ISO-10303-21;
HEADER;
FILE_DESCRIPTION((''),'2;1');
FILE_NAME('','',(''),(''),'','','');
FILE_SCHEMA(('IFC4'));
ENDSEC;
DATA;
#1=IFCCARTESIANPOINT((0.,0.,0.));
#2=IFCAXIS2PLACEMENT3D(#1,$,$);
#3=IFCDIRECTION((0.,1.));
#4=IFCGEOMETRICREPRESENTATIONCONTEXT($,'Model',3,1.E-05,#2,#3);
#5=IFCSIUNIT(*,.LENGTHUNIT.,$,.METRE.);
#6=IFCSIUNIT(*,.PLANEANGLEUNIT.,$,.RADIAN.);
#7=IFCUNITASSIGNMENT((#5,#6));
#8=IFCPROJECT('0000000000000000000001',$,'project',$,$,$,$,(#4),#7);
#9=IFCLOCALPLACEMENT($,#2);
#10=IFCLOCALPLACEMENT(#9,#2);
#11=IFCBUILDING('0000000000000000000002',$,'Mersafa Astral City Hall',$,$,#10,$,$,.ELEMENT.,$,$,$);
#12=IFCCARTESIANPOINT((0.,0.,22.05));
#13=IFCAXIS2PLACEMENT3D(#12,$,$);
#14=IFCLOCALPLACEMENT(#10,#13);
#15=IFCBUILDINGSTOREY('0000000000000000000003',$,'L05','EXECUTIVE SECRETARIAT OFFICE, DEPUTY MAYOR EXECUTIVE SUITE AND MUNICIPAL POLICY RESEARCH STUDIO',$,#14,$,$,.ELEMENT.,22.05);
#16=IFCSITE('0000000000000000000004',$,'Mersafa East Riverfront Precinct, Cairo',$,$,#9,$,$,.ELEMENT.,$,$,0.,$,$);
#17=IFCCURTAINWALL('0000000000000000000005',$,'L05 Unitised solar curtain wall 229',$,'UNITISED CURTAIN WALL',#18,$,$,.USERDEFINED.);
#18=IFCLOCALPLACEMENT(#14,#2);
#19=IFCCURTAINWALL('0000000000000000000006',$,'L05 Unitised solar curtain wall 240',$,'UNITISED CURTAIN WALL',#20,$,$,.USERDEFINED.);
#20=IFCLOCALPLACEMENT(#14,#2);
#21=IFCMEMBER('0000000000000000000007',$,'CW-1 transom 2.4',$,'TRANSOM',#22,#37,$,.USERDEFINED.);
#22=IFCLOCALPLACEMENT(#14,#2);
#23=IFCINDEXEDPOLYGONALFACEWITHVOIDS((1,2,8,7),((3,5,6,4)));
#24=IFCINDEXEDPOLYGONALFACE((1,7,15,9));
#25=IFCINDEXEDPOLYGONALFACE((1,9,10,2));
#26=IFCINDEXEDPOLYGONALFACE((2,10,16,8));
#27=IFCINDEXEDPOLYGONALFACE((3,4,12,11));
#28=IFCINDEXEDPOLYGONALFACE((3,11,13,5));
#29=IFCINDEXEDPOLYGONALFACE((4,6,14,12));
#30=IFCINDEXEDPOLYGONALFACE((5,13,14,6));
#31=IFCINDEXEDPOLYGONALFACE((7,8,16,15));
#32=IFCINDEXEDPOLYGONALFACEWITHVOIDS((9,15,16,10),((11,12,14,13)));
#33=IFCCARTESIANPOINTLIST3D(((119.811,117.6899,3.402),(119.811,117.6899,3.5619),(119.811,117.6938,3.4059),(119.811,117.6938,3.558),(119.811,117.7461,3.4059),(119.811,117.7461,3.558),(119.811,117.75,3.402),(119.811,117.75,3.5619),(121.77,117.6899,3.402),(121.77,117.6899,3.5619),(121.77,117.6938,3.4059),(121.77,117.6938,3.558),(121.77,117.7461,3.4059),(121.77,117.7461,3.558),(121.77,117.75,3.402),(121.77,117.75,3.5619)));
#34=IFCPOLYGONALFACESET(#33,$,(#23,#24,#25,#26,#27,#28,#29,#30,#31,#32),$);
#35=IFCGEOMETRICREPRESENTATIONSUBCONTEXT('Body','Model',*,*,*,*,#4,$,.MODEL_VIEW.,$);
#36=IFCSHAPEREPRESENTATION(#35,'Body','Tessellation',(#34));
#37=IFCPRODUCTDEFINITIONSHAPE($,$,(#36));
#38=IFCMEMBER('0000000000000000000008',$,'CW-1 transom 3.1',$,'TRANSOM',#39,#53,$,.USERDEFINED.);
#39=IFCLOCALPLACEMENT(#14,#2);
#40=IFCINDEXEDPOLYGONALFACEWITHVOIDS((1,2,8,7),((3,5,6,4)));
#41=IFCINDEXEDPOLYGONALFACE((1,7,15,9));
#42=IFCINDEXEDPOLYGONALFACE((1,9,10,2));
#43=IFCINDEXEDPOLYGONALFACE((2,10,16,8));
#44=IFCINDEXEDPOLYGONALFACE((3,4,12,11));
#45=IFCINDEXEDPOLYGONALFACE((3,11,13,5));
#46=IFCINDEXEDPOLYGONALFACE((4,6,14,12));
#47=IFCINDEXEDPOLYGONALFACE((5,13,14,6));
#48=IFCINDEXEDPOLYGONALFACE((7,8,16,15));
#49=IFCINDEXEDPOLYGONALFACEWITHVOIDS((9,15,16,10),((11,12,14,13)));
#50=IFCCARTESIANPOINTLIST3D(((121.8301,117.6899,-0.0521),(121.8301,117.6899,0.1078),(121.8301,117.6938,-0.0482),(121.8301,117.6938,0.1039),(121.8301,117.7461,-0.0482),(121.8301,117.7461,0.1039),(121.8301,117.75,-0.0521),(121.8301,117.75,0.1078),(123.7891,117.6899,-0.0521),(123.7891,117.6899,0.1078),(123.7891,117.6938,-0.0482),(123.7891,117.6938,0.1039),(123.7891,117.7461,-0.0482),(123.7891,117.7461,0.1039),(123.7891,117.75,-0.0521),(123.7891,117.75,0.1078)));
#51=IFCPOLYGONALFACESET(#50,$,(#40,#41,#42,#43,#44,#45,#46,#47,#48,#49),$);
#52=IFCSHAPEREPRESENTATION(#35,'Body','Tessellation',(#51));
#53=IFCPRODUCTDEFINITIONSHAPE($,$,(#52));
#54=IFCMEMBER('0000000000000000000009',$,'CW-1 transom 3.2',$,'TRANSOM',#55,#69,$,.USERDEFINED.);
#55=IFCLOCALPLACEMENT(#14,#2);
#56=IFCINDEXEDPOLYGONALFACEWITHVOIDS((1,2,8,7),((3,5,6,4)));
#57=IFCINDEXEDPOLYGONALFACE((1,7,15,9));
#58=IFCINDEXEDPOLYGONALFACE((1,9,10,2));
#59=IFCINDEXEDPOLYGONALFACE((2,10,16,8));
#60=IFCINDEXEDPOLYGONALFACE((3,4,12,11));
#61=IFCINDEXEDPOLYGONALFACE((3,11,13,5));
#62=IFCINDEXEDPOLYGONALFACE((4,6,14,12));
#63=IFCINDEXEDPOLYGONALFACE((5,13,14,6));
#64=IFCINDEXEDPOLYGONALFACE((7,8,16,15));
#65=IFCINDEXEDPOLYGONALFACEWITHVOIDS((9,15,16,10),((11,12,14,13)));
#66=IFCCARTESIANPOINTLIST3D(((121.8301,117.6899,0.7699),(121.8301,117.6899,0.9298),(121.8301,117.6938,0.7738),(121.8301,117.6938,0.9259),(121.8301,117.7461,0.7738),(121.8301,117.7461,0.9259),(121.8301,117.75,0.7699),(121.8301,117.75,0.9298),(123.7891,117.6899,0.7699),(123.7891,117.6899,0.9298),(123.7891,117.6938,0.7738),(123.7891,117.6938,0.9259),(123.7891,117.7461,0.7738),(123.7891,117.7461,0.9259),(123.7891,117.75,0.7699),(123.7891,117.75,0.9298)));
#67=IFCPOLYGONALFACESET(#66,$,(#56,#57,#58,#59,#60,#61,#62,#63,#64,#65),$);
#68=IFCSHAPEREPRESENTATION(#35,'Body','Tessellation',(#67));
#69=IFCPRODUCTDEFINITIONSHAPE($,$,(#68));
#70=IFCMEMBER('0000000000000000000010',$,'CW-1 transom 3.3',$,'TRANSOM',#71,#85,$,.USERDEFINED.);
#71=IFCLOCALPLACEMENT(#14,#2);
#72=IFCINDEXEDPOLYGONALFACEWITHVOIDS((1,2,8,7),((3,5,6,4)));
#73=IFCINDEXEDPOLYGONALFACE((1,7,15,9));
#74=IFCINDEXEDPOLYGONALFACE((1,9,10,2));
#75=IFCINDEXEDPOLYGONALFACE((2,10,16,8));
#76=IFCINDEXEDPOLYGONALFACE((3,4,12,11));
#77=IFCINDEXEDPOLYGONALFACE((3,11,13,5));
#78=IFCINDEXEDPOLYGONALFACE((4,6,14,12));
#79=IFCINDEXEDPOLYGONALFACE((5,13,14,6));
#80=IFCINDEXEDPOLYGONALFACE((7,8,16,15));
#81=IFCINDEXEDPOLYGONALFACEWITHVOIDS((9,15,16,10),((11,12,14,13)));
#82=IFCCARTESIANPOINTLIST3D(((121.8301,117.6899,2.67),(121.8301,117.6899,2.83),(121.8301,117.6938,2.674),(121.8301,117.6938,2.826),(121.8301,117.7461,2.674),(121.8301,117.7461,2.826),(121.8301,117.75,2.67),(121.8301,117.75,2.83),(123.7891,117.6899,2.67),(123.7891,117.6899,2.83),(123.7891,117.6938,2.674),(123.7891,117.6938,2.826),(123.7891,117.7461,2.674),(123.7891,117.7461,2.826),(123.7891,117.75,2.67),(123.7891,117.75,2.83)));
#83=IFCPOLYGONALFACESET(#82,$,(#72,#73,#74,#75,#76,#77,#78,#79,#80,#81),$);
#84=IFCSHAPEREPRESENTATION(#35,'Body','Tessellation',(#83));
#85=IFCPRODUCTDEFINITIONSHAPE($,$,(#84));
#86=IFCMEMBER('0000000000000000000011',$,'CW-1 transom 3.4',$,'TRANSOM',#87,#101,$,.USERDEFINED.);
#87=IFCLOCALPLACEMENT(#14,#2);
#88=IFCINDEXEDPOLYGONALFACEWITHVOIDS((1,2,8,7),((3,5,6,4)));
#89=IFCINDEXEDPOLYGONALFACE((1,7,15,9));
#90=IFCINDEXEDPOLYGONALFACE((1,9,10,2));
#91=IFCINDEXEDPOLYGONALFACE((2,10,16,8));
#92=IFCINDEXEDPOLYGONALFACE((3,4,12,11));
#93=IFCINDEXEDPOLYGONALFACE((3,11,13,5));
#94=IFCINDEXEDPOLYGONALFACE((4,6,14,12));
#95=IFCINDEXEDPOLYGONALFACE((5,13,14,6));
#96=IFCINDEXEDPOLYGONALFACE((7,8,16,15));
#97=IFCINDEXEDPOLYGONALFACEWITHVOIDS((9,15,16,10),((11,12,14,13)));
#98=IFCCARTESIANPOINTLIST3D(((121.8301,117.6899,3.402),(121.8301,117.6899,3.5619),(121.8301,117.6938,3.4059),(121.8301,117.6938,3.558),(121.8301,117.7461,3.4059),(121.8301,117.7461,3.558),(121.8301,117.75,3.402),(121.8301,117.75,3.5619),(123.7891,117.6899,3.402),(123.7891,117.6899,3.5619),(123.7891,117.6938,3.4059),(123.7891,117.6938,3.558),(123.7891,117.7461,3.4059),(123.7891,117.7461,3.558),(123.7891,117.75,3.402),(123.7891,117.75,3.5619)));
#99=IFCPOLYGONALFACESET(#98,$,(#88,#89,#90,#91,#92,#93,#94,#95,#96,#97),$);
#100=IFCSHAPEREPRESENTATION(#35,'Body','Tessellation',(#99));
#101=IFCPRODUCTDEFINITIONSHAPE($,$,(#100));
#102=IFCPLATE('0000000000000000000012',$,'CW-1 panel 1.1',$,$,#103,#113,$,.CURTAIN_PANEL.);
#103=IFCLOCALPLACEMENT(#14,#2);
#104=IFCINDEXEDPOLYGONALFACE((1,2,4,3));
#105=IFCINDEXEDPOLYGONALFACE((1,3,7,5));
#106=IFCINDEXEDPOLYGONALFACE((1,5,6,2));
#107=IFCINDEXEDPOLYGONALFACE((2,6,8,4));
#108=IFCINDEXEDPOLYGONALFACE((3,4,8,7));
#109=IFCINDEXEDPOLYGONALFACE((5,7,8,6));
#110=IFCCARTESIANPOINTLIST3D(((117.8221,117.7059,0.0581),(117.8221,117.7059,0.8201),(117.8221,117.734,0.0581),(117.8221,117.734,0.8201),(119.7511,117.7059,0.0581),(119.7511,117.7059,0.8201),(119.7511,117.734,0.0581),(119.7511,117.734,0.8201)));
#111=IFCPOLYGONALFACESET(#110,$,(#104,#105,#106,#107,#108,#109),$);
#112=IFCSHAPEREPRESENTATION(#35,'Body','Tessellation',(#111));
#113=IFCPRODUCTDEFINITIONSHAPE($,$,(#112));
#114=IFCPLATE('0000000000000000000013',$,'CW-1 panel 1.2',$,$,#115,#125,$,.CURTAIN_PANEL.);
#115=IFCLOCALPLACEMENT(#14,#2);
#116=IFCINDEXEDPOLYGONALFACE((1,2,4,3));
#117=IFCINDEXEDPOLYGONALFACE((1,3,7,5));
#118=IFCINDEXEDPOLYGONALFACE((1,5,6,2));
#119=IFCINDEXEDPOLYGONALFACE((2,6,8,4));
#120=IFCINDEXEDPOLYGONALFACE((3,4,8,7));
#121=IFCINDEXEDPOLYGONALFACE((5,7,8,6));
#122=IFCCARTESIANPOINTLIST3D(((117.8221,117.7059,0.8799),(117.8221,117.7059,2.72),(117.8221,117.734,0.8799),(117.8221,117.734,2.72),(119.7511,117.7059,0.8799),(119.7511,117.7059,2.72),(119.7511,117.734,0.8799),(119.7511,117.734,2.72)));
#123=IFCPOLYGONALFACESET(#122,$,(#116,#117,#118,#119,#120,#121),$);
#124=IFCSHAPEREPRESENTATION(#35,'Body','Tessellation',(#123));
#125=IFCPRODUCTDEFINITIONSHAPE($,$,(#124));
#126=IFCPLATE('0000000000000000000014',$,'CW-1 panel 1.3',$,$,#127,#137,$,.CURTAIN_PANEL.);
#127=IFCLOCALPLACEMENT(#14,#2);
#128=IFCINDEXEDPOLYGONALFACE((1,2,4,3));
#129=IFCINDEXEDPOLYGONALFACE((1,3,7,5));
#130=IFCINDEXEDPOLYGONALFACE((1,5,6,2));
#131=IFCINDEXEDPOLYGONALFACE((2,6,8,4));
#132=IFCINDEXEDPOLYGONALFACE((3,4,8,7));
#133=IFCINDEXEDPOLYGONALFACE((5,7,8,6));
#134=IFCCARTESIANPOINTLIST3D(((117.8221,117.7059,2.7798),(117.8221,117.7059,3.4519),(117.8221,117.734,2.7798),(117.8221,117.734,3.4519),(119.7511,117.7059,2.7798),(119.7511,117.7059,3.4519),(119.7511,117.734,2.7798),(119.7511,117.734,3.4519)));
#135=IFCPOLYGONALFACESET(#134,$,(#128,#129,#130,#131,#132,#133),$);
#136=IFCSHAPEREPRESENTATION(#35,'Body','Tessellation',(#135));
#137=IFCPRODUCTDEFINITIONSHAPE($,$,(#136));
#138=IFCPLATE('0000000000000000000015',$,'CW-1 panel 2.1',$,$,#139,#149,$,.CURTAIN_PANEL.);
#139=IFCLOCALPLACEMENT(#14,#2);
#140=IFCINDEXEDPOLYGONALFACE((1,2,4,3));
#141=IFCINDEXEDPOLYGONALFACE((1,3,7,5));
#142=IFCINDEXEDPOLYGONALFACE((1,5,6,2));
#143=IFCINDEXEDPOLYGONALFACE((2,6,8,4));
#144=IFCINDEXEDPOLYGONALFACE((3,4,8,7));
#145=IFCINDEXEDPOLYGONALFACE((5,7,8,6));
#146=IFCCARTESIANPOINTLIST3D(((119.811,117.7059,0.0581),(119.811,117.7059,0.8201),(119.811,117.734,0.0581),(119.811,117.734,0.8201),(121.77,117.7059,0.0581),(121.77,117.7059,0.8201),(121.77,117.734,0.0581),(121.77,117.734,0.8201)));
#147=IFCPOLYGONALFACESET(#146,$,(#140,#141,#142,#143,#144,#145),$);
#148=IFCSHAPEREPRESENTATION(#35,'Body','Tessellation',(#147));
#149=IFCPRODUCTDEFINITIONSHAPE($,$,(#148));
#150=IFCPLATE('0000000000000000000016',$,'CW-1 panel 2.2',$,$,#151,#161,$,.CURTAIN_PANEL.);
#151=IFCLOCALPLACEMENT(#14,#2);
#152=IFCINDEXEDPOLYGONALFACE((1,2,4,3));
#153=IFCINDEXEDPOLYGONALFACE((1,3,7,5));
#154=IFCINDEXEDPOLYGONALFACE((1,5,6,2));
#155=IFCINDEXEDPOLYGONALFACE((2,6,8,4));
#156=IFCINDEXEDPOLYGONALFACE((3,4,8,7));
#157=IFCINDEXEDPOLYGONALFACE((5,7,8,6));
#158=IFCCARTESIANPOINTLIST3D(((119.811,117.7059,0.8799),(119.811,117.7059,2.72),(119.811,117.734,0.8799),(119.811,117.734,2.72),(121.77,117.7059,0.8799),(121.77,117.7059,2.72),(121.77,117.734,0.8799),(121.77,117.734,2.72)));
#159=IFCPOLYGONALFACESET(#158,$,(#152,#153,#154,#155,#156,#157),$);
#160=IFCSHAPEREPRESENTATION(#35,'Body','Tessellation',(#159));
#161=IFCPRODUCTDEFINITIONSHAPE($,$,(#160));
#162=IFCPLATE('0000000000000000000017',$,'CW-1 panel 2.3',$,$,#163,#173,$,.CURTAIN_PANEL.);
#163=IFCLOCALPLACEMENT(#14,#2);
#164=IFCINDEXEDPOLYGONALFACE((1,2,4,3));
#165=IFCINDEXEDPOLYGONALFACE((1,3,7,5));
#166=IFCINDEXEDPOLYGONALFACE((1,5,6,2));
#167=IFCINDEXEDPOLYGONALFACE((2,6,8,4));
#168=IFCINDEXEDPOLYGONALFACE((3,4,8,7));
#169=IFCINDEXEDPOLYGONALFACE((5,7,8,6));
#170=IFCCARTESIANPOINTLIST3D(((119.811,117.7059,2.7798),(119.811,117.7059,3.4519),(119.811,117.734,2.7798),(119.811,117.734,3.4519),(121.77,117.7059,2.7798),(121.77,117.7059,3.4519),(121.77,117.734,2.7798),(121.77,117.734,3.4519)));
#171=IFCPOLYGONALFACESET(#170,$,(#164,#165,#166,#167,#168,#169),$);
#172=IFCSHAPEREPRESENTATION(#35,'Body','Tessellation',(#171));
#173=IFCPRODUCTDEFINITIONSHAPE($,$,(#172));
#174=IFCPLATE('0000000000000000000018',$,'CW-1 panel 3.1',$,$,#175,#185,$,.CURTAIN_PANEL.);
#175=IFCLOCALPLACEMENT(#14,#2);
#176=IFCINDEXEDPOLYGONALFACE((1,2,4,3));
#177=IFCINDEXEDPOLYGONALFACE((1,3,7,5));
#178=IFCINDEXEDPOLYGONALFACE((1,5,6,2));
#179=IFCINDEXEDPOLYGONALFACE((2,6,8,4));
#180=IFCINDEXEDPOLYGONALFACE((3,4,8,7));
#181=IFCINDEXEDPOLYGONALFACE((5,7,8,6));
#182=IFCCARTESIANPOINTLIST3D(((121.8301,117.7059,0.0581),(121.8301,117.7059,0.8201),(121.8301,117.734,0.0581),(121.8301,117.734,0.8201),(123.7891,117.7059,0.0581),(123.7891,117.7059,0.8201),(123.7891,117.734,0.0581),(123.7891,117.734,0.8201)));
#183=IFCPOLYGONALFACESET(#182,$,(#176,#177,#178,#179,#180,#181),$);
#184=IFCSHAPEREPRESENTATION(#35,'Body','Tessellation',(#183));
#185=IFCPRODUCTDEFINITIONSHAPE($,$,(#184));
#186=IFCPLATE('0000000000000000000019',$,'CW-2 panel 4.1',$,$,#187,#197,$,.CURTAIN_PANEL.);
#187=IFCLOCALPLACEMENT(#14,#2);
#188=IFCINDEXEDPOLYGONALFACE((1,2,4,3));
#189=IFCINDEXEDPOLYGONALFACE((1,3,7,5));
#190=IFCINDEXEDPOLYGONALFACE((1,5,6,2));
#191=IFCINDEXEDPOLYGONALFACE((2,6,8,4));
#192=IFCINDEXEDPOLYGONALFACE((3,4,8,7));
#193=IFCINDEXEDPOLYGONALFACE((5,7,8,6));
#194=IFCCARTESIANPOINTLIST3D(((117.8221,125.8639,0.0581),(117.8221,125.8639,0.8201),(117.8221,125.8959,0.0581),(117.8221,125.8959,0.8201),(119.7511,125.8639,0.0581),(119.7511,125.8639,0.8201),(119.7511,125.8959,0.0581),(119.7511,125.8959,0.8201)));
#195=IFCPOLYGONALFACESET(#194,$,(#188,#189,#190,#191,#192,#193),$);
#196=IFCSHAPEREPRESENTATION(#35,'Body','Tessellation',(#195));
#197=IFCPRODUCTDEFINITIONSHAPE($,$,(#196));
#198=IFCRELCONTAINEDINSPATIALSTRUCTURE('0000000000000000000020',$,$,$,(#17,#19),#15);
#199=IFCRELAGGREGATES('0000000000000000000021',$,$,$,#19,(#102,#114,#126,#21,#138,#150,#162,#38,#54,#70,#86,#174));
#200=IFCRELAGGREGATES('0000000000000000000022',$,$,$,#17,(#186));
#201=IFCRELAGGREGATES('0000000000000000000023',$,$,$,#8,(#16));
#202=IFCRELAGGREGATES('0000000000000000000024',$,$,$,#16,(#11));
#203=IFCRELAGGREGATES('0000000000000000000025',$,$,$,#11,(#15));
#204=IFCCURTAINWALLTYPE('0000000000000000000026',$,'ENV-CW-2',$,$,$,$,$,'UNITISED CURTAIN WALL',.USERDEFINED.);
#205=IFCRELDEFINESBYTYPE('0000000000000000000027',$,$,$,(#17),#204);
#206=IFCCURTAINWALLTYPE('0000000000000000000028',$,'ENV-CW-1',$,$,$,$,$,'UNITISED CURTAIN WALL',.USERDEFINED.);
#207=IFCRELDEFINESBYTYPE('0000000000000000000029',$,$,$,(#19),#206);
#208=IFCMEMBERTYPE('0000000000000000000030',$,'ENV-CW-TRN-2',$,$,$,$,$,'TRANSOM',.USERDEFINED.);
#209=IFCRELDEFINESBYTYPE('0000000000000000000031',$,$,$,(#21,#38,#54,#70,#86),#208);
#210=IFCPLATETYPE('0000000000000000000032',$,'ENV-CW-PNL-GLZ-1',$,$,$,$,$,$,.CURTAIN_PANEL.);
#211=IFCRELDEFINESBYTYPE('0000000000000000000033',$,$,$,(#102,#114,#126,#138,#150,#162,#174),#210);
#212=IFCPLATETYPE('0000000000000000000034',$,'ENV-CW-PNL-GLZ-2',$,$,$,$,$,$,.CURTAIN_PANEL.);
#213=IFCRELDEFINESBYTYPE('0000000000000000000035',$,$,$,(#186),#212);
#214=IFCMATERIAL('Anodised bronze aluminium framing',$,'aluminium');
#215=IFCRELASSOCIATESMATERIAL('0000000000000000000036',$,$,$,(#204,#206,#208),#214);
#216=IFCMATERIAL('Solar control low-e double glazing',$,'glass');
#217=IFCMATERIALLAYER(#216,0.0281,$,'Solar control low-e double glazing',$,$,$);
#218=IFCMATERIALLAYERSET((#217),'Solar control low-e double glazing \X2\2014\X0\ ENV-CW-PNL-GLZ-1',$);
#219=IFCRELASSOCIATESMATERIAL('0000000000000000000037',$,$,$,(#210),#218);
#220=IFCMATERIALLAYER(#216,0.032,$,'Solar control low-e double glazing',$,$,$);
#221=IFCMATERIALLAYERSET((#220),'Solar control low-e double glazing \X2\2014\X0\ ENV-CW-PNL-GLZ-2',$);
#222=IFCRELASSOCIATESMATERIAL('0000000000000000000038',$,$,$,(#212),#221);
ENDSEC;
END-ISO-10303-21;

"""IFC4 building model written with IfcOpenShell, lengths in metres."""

from ifc_helpers import new_model, si_unit, direction, frame, origin, origin_2d, place, context, subcontext, project, spatial, rectangle, hollow_rectangle, extrude, material, layer, layer_set, material_profile, profile_set, type_object, element, aggregate, save


model = new_model("IFC4")

# Units and contexts
model_context = context("Model", 3, precision=1e-05, world=origin(), true_north=direction((0.0, 1.0)))
body_context = subcontext(model_context, "Body", "Model", "MODEL_VIEW")
ifc_project = project(units=[si_unit("LENGTHUNIT", "METRE"), si_unit("PLANEANGLEUNIT", "RADIAN")], contexts=[model_context])

# Site, building, storey
site_placement = place(None, origin())
site = spatial("IfcSite", under=ifc_project, at=site_placement, Name="Mersafa East Riverfront Precinct, Cairo", CompositionType="ELEMENT", RefElevation=0.0)
building_placement = place(site_placement, origin())
building = spatial("IfcBuilding", under=site, at=building_placement, Name="Mersafa Astral City Hall", CompositionType="ELEMENT")
storey_placement = place(building_placement, frame((0.0, 0.0, 22.05)))
storey = spatial("IfcBuildingStorey", under=building, at=storey_placement, Name="L05", Description="EXECUTIVE SECRETARIAT OFFICE, DEPUTY MAYOR EXECUTIVE SUITE AND MUNICIPAL POLICY RESEARCH STUDIO", CompositionType="ELEMENT", Elevation=22.05)

# Curtain wall
ifc_material_1 = material(Name="Anodised bronze aluminium framing", Category="aluminium")
curtain_wall_type_1 = type_object("IfcCurtainWallType", Name="ENV-CW-2", ElementType="UNITISED CURTAIN WALL", PredefinedType="USERDEFINED", material=ifc_material_1)
curtain_wall_1_placement = place(storey_placement, origin())
curtain_wall_1 = element("IfcCurtainWall", 1, at=curtain_wall_1_placement, inside=storey, type_object=curtain_wall_type_1, Name="L05 Unitised solar curtain wall 229", ObjectType="UNITISED CURTAIN WALL", PredefinedType="USERDEFINED")

# Curtain wall, members, plates
curtain_wall_type_2 = type_object("IfcCurtainWallType", Name="ENV-CW-1", ElementType="UNITISED CURTAIN WALL", PredefinedType="USERDEFINED", material=ifc_material_1)
curtain_wall_2_placement = place(storey_placement, origin())
curtain_wall_2 = element("IfcCurtainWall", 2, at=curtain_wall_2_placement, inside=storey, type_object=curtain_wall_type_2, Name="L05 Unitised solar curtain wall 240", ObjectType="UNITISED CURTAIN WALL", PredefinedType="USERDEFINED")
ifc_material_profile_1 = material_profile(ifc_material_1, hollow_rectangle(XDim=0.0601, YDim=0.1599, WallThickness=0.0039, at=origin_2d()), Name="RHS 60x160x4")
ifc_profile_set_1 = profile_set([ifc_material_profile_1], Name="Anodised bronze aluminium framing")
member_type_1 = type_object("IfcMemberType", Name="ENV-CW-TRN-2", ElementType="TRANSOM", PredefinedType="USERDEFINED", material=ifc_profile_set_1)
member_1_placement = place(storey_placement, frame((119.811, 117.72, 3.4819), z_axis=(1.0, 0.0, 0.0), x_axis=(0.0, 1.0, 0.0)))
member_1 = element("IfcMember", 3, at=member_1_placement, type_object=member_type_1, Name="CW-1 transom 2.4", ObjectType="TRANSOM", PredefinedType="USERDEFINED", context=body_context, shape_type="SweptSolid", body=[
    extrude(hollow_rectangle(XDim=0.0601, YDim=0.1599, WallThickness=0.0039, at=origin_2d()), origin(), (0.0, 0.0, 1.0), 1.959),
])
member_2_placement = place(storey_placement, frame((121.8301, 117.72, 0.0278), z_axis=(1.0, 0.0, 0.0), x_axis=(0.0, 1.0, 0.0)))
member_2 = element("IfcMember", 4, at=member_2_placement, type_object=member_type_1, Name="CW-1 transom 3.1", ObjectType="TRANSOM", PredefinedType="USERDEFINED", context=body_context, shape_type="SweptSolid", body=[
    extrude(hollow_rectangle(XDim=0.0601, YDim=0.1599, WallThickness=0.0039, at=origin_2d()), origin(), (0.0, 0.0, 1.0), 1.959),
])
member_3_placement = place(storey_placement, frame((121.8301, 117.72, 0.8499), z_axis=(1.0, 0.0, 0.0), x_axis=(0.0, 1.0, 0.0)))
member_3 = element("IfcMember", 5, at=member_3_placement, type_object=member_type_1, Name="CW-1 transom 3.2", ObjectType="TRANSOM", PredefinedType="USERDEFINED", context=body_context, shape_type="SweptSolid", body=[
    extrude(hollow_rectangle(XDim=0.0601, YDim=0.1599, WallThickness=0.0039, at=origin_2d()), origin(), (0.0, 0.0, 1.0), 1.959),
])
member_4_placement = place(storey_placement, frame((121.8301, 117.72, 2.75), z_axis=(1.0, 0.0, 0.0), x_axis=(0.0, 1.0, 0.0)))
member_4 = element("IfcMember", 6, at=member_4_placement, type_object=member_type_1, Name="CW-1 transom 3.3", ObjectType="TRANSOM", PredefinedType="USERDEFINED", context=body_context, shape_type="SweptSolid", body=[
    extrude(hollow_rectangle(XDim=0.0601, YDim=0.1599, WallThickness=0.0039, at=origin_2d()), origin(), (0.0, 0.0, 1.0), 1.959),
])
member_5_placement = place(storey_placement, frame((121.8301, 117.72, 3.4819), z_axis=(1.0, 0.0, 0.0), x_axis=(0.0, 1.0, 0.0)))
member_5 = element("IfcMember", 7, at=member_5_placement, type_object=member_type_1, Name="CW-1 transom 3.4", ObjectType="TRANSOM", PredefinedType="USERDEFINED", context=body_context, shape_type="SweptSolid", body=[
    extrude(hollow_rectangle(XDim=0.0601, YDim=0.1599, WallThickness=0.0039, at=origin_2d()), origin(), (0.0, 0.0, 1.0), 1.959),
])
ifc_material_2 = material(Name="Solar control low-e double glazing", Category="glass")
ifc_layer_1 = layer(ifc_material_2, 0.0281, Name="Solar control low-e double glazing")
ifc_layer_set_1 = layer_set([ifc_layer_1], Name="Solar control low-e double glazing — ENV-CW-PNL-GLZ-1")
plate_type_1 = type_object("IfcPlateType", Name="ENV-CW-PNL-GLZ-1", PredefinedType="CURTAIN_PANEL", material=ifc_layer_set_1)
plate_1_placement = place(storey_placement, frame((118.7866, 117.72, 0.0581), z_axis=(0.0, 0.0, 1.0), x_axis=(1.0, 0.0, 0.0)))
plate_1 = element("IfcPlate", 8, at=plate_1_placement, type_object=plate_type_1, Name="CW-1 panel 1.1", PredefinedType="CURTAIN_PANEL", context=body_context, shape_type="SweptSolid", body=[
    extrude(rectangle(XDim=1.929, YDim=0.0281, at=origin_2d()), origin(), (0.0, 0.0, 1.0), 0.762),
])
plate_2_placement = place(storey_placement, frame((118.7866, 117.72, 0.8799), z_axis=(0.0, 0.0, 1.0), x_axis=(1.0, 0.0, 0.0)))
plate_2 = element("IfcPlate", 9, at=plate_2_placement, type_object=plate_type_1, Name="CW-1 panel 1.2", PredefinedType="CURTAIN_PANEL", context=body_context, shape_type="SweptSolid", body=[
    extrude(rectangle(XDim=1.929, YDim=0.0281, at=origin_2d()), origin(), (0.0, 0.0, 1.0), 1.8401),
])
plate_3_placement = place(storey_placement, frame((118.7866, 117.72, 2.7798), z_axis=(0.0, 0.0, 1.0), x_axis=(1.0, 0.0, 0.0)))
plate_3 = element("IfcPlate", 10, at=plate_3_placement, type_object=plate_type_1, Name="CW-1 panel 1.3", PredefinedType="CURTAIN_PANEL", context=body_context, shape_type="SweptSolid", body=[
    extrude(rectangle(XDim=1.929, YDim=0.0281, at=origin_2d()), origin(), (0.0, 0.0, 1.0), 0.6721),
])
plate_4_placement = place(storey_placement, frame((120.7905, 117.72, 0.0581), z_axis=(0.0, 0.0, 1.0), x_axis=(1.0, 0.0, 0.0)))
plate_4 = element("IfcPlate", 11, at=plate_4_placement, type_object=plate_type_1, Name="CW-1 panel 2.1", PredefinedType="CURTAIN_PANEL", context=body_context, shape_type="SweptSolid", body=[
    extrude(rectangle(XDim=1.959, YDim=0.0281, at=origin_2d()), origin(), (0.0, 0.0, 1.0), 0.762),
])
plate_5_placement = place(storey_placement, frame((120.7905, 117.72, 0.8799), z_axis=(0.0, 0.0, 1.0), x_axis=(1.0, 0.0, 0.0)))
plate_5 = element("IfcPlate", 12, at=plate_5_placement, type_object=plate_type_1, Name="CW-1 panel 2.2", PredefinedType="CURTAIN_PANEL", context=body_context, shape_type="SweptSolid", body=[
    extrude(rectangle(XDim=1.959, YDim=0.0281, at=origin_2d()), origin(), (0.0, 0.0, 1.0), 1.8401),
])
plate_6_placement = place(storey_placement, frame((120.7905, 117.72, 2.7798), z_axis=(0.0, 0.0, 1.0), x_axis=(1.0, 0.0, 0.0)))
plate_6 = element("IfcPlate", 13, at=plate_6_placement, type_object=plate_type_1, Name="CW-1 panel 2.3", PredefinedType="CURTAIN_PANEL", context=body_context, shape_type="SweptSolid", body=[
    extrude(rectangle(XDim=1.959, YDim=0.0281, at=origin_2d()), origin(), (0.0, 0.0, 1.0), 0.6721),
])
plate_7_placement = place(storey_placement, frame((122.8096, 117.72, 0.0581), z_axis=(0.0, 0.0, 1.0), x_axis=(1.0, 0.0, 0.0)))
plate_7 = element("IfcPlate", 14, at=plate_7_placement, type_object=plate_type_1, Name="CW-1 panel 3.1", PredefinedType="CURTAIN_PANEL", context=body_context, shape_type="SweptSolid", body=[
    extrude(rectangle(XDim=1.959, YDim=0.0281, at=origin_2d()), origin(), (0.0, 0.0, 1.0), 0.762),
])
aggregate(curtain_wall_2, [plate_1, plate_2, plate_3, member_1, plate_4, plate_5, plate_6, member_2, member_3, member_4, member_5, plate_7])

# Plate
ifc_layer_2 = layer(ifc_material_2, 0.032, Name="Solar control low-e double glazing")
ifc_layer_set_2 = layer_set([ifc_layer_2], Name="Solar control low-e double glazing — ENV-CW-PNL-GLZ-2")
plate_type_2 = type_object("IfcPlateType", Name="ENV-CW-PNL-GLZ-2", PredefinedType="CURTAIN_PANEL", material=ifc_layer_set_2)
plate_8_placement = place(storey_placement, frame((118.7866, 125.8799, 0.0581), z_axis=(0.0, 0.0, 1.0), x_axis=(-1.0, 0.0, 0.0)))
plate_8 = element("IfcPlate", 15, at=plate_8_placement, type_object=plate_type_2, Name="CW-2 panel 4.1", PredefinedType="CURTAIN_PANEL", context=body_context, shape_type="SweptSolid", body=[
    extrude(rectangle(XDim=1.929, YDim=0.032, at=origin_2d()), origin(), (0.0, 0.0, 1.0), 0.762),
])
aggregate(curtain_wall_1, [plate_8])

save(model, "model.ifc")
